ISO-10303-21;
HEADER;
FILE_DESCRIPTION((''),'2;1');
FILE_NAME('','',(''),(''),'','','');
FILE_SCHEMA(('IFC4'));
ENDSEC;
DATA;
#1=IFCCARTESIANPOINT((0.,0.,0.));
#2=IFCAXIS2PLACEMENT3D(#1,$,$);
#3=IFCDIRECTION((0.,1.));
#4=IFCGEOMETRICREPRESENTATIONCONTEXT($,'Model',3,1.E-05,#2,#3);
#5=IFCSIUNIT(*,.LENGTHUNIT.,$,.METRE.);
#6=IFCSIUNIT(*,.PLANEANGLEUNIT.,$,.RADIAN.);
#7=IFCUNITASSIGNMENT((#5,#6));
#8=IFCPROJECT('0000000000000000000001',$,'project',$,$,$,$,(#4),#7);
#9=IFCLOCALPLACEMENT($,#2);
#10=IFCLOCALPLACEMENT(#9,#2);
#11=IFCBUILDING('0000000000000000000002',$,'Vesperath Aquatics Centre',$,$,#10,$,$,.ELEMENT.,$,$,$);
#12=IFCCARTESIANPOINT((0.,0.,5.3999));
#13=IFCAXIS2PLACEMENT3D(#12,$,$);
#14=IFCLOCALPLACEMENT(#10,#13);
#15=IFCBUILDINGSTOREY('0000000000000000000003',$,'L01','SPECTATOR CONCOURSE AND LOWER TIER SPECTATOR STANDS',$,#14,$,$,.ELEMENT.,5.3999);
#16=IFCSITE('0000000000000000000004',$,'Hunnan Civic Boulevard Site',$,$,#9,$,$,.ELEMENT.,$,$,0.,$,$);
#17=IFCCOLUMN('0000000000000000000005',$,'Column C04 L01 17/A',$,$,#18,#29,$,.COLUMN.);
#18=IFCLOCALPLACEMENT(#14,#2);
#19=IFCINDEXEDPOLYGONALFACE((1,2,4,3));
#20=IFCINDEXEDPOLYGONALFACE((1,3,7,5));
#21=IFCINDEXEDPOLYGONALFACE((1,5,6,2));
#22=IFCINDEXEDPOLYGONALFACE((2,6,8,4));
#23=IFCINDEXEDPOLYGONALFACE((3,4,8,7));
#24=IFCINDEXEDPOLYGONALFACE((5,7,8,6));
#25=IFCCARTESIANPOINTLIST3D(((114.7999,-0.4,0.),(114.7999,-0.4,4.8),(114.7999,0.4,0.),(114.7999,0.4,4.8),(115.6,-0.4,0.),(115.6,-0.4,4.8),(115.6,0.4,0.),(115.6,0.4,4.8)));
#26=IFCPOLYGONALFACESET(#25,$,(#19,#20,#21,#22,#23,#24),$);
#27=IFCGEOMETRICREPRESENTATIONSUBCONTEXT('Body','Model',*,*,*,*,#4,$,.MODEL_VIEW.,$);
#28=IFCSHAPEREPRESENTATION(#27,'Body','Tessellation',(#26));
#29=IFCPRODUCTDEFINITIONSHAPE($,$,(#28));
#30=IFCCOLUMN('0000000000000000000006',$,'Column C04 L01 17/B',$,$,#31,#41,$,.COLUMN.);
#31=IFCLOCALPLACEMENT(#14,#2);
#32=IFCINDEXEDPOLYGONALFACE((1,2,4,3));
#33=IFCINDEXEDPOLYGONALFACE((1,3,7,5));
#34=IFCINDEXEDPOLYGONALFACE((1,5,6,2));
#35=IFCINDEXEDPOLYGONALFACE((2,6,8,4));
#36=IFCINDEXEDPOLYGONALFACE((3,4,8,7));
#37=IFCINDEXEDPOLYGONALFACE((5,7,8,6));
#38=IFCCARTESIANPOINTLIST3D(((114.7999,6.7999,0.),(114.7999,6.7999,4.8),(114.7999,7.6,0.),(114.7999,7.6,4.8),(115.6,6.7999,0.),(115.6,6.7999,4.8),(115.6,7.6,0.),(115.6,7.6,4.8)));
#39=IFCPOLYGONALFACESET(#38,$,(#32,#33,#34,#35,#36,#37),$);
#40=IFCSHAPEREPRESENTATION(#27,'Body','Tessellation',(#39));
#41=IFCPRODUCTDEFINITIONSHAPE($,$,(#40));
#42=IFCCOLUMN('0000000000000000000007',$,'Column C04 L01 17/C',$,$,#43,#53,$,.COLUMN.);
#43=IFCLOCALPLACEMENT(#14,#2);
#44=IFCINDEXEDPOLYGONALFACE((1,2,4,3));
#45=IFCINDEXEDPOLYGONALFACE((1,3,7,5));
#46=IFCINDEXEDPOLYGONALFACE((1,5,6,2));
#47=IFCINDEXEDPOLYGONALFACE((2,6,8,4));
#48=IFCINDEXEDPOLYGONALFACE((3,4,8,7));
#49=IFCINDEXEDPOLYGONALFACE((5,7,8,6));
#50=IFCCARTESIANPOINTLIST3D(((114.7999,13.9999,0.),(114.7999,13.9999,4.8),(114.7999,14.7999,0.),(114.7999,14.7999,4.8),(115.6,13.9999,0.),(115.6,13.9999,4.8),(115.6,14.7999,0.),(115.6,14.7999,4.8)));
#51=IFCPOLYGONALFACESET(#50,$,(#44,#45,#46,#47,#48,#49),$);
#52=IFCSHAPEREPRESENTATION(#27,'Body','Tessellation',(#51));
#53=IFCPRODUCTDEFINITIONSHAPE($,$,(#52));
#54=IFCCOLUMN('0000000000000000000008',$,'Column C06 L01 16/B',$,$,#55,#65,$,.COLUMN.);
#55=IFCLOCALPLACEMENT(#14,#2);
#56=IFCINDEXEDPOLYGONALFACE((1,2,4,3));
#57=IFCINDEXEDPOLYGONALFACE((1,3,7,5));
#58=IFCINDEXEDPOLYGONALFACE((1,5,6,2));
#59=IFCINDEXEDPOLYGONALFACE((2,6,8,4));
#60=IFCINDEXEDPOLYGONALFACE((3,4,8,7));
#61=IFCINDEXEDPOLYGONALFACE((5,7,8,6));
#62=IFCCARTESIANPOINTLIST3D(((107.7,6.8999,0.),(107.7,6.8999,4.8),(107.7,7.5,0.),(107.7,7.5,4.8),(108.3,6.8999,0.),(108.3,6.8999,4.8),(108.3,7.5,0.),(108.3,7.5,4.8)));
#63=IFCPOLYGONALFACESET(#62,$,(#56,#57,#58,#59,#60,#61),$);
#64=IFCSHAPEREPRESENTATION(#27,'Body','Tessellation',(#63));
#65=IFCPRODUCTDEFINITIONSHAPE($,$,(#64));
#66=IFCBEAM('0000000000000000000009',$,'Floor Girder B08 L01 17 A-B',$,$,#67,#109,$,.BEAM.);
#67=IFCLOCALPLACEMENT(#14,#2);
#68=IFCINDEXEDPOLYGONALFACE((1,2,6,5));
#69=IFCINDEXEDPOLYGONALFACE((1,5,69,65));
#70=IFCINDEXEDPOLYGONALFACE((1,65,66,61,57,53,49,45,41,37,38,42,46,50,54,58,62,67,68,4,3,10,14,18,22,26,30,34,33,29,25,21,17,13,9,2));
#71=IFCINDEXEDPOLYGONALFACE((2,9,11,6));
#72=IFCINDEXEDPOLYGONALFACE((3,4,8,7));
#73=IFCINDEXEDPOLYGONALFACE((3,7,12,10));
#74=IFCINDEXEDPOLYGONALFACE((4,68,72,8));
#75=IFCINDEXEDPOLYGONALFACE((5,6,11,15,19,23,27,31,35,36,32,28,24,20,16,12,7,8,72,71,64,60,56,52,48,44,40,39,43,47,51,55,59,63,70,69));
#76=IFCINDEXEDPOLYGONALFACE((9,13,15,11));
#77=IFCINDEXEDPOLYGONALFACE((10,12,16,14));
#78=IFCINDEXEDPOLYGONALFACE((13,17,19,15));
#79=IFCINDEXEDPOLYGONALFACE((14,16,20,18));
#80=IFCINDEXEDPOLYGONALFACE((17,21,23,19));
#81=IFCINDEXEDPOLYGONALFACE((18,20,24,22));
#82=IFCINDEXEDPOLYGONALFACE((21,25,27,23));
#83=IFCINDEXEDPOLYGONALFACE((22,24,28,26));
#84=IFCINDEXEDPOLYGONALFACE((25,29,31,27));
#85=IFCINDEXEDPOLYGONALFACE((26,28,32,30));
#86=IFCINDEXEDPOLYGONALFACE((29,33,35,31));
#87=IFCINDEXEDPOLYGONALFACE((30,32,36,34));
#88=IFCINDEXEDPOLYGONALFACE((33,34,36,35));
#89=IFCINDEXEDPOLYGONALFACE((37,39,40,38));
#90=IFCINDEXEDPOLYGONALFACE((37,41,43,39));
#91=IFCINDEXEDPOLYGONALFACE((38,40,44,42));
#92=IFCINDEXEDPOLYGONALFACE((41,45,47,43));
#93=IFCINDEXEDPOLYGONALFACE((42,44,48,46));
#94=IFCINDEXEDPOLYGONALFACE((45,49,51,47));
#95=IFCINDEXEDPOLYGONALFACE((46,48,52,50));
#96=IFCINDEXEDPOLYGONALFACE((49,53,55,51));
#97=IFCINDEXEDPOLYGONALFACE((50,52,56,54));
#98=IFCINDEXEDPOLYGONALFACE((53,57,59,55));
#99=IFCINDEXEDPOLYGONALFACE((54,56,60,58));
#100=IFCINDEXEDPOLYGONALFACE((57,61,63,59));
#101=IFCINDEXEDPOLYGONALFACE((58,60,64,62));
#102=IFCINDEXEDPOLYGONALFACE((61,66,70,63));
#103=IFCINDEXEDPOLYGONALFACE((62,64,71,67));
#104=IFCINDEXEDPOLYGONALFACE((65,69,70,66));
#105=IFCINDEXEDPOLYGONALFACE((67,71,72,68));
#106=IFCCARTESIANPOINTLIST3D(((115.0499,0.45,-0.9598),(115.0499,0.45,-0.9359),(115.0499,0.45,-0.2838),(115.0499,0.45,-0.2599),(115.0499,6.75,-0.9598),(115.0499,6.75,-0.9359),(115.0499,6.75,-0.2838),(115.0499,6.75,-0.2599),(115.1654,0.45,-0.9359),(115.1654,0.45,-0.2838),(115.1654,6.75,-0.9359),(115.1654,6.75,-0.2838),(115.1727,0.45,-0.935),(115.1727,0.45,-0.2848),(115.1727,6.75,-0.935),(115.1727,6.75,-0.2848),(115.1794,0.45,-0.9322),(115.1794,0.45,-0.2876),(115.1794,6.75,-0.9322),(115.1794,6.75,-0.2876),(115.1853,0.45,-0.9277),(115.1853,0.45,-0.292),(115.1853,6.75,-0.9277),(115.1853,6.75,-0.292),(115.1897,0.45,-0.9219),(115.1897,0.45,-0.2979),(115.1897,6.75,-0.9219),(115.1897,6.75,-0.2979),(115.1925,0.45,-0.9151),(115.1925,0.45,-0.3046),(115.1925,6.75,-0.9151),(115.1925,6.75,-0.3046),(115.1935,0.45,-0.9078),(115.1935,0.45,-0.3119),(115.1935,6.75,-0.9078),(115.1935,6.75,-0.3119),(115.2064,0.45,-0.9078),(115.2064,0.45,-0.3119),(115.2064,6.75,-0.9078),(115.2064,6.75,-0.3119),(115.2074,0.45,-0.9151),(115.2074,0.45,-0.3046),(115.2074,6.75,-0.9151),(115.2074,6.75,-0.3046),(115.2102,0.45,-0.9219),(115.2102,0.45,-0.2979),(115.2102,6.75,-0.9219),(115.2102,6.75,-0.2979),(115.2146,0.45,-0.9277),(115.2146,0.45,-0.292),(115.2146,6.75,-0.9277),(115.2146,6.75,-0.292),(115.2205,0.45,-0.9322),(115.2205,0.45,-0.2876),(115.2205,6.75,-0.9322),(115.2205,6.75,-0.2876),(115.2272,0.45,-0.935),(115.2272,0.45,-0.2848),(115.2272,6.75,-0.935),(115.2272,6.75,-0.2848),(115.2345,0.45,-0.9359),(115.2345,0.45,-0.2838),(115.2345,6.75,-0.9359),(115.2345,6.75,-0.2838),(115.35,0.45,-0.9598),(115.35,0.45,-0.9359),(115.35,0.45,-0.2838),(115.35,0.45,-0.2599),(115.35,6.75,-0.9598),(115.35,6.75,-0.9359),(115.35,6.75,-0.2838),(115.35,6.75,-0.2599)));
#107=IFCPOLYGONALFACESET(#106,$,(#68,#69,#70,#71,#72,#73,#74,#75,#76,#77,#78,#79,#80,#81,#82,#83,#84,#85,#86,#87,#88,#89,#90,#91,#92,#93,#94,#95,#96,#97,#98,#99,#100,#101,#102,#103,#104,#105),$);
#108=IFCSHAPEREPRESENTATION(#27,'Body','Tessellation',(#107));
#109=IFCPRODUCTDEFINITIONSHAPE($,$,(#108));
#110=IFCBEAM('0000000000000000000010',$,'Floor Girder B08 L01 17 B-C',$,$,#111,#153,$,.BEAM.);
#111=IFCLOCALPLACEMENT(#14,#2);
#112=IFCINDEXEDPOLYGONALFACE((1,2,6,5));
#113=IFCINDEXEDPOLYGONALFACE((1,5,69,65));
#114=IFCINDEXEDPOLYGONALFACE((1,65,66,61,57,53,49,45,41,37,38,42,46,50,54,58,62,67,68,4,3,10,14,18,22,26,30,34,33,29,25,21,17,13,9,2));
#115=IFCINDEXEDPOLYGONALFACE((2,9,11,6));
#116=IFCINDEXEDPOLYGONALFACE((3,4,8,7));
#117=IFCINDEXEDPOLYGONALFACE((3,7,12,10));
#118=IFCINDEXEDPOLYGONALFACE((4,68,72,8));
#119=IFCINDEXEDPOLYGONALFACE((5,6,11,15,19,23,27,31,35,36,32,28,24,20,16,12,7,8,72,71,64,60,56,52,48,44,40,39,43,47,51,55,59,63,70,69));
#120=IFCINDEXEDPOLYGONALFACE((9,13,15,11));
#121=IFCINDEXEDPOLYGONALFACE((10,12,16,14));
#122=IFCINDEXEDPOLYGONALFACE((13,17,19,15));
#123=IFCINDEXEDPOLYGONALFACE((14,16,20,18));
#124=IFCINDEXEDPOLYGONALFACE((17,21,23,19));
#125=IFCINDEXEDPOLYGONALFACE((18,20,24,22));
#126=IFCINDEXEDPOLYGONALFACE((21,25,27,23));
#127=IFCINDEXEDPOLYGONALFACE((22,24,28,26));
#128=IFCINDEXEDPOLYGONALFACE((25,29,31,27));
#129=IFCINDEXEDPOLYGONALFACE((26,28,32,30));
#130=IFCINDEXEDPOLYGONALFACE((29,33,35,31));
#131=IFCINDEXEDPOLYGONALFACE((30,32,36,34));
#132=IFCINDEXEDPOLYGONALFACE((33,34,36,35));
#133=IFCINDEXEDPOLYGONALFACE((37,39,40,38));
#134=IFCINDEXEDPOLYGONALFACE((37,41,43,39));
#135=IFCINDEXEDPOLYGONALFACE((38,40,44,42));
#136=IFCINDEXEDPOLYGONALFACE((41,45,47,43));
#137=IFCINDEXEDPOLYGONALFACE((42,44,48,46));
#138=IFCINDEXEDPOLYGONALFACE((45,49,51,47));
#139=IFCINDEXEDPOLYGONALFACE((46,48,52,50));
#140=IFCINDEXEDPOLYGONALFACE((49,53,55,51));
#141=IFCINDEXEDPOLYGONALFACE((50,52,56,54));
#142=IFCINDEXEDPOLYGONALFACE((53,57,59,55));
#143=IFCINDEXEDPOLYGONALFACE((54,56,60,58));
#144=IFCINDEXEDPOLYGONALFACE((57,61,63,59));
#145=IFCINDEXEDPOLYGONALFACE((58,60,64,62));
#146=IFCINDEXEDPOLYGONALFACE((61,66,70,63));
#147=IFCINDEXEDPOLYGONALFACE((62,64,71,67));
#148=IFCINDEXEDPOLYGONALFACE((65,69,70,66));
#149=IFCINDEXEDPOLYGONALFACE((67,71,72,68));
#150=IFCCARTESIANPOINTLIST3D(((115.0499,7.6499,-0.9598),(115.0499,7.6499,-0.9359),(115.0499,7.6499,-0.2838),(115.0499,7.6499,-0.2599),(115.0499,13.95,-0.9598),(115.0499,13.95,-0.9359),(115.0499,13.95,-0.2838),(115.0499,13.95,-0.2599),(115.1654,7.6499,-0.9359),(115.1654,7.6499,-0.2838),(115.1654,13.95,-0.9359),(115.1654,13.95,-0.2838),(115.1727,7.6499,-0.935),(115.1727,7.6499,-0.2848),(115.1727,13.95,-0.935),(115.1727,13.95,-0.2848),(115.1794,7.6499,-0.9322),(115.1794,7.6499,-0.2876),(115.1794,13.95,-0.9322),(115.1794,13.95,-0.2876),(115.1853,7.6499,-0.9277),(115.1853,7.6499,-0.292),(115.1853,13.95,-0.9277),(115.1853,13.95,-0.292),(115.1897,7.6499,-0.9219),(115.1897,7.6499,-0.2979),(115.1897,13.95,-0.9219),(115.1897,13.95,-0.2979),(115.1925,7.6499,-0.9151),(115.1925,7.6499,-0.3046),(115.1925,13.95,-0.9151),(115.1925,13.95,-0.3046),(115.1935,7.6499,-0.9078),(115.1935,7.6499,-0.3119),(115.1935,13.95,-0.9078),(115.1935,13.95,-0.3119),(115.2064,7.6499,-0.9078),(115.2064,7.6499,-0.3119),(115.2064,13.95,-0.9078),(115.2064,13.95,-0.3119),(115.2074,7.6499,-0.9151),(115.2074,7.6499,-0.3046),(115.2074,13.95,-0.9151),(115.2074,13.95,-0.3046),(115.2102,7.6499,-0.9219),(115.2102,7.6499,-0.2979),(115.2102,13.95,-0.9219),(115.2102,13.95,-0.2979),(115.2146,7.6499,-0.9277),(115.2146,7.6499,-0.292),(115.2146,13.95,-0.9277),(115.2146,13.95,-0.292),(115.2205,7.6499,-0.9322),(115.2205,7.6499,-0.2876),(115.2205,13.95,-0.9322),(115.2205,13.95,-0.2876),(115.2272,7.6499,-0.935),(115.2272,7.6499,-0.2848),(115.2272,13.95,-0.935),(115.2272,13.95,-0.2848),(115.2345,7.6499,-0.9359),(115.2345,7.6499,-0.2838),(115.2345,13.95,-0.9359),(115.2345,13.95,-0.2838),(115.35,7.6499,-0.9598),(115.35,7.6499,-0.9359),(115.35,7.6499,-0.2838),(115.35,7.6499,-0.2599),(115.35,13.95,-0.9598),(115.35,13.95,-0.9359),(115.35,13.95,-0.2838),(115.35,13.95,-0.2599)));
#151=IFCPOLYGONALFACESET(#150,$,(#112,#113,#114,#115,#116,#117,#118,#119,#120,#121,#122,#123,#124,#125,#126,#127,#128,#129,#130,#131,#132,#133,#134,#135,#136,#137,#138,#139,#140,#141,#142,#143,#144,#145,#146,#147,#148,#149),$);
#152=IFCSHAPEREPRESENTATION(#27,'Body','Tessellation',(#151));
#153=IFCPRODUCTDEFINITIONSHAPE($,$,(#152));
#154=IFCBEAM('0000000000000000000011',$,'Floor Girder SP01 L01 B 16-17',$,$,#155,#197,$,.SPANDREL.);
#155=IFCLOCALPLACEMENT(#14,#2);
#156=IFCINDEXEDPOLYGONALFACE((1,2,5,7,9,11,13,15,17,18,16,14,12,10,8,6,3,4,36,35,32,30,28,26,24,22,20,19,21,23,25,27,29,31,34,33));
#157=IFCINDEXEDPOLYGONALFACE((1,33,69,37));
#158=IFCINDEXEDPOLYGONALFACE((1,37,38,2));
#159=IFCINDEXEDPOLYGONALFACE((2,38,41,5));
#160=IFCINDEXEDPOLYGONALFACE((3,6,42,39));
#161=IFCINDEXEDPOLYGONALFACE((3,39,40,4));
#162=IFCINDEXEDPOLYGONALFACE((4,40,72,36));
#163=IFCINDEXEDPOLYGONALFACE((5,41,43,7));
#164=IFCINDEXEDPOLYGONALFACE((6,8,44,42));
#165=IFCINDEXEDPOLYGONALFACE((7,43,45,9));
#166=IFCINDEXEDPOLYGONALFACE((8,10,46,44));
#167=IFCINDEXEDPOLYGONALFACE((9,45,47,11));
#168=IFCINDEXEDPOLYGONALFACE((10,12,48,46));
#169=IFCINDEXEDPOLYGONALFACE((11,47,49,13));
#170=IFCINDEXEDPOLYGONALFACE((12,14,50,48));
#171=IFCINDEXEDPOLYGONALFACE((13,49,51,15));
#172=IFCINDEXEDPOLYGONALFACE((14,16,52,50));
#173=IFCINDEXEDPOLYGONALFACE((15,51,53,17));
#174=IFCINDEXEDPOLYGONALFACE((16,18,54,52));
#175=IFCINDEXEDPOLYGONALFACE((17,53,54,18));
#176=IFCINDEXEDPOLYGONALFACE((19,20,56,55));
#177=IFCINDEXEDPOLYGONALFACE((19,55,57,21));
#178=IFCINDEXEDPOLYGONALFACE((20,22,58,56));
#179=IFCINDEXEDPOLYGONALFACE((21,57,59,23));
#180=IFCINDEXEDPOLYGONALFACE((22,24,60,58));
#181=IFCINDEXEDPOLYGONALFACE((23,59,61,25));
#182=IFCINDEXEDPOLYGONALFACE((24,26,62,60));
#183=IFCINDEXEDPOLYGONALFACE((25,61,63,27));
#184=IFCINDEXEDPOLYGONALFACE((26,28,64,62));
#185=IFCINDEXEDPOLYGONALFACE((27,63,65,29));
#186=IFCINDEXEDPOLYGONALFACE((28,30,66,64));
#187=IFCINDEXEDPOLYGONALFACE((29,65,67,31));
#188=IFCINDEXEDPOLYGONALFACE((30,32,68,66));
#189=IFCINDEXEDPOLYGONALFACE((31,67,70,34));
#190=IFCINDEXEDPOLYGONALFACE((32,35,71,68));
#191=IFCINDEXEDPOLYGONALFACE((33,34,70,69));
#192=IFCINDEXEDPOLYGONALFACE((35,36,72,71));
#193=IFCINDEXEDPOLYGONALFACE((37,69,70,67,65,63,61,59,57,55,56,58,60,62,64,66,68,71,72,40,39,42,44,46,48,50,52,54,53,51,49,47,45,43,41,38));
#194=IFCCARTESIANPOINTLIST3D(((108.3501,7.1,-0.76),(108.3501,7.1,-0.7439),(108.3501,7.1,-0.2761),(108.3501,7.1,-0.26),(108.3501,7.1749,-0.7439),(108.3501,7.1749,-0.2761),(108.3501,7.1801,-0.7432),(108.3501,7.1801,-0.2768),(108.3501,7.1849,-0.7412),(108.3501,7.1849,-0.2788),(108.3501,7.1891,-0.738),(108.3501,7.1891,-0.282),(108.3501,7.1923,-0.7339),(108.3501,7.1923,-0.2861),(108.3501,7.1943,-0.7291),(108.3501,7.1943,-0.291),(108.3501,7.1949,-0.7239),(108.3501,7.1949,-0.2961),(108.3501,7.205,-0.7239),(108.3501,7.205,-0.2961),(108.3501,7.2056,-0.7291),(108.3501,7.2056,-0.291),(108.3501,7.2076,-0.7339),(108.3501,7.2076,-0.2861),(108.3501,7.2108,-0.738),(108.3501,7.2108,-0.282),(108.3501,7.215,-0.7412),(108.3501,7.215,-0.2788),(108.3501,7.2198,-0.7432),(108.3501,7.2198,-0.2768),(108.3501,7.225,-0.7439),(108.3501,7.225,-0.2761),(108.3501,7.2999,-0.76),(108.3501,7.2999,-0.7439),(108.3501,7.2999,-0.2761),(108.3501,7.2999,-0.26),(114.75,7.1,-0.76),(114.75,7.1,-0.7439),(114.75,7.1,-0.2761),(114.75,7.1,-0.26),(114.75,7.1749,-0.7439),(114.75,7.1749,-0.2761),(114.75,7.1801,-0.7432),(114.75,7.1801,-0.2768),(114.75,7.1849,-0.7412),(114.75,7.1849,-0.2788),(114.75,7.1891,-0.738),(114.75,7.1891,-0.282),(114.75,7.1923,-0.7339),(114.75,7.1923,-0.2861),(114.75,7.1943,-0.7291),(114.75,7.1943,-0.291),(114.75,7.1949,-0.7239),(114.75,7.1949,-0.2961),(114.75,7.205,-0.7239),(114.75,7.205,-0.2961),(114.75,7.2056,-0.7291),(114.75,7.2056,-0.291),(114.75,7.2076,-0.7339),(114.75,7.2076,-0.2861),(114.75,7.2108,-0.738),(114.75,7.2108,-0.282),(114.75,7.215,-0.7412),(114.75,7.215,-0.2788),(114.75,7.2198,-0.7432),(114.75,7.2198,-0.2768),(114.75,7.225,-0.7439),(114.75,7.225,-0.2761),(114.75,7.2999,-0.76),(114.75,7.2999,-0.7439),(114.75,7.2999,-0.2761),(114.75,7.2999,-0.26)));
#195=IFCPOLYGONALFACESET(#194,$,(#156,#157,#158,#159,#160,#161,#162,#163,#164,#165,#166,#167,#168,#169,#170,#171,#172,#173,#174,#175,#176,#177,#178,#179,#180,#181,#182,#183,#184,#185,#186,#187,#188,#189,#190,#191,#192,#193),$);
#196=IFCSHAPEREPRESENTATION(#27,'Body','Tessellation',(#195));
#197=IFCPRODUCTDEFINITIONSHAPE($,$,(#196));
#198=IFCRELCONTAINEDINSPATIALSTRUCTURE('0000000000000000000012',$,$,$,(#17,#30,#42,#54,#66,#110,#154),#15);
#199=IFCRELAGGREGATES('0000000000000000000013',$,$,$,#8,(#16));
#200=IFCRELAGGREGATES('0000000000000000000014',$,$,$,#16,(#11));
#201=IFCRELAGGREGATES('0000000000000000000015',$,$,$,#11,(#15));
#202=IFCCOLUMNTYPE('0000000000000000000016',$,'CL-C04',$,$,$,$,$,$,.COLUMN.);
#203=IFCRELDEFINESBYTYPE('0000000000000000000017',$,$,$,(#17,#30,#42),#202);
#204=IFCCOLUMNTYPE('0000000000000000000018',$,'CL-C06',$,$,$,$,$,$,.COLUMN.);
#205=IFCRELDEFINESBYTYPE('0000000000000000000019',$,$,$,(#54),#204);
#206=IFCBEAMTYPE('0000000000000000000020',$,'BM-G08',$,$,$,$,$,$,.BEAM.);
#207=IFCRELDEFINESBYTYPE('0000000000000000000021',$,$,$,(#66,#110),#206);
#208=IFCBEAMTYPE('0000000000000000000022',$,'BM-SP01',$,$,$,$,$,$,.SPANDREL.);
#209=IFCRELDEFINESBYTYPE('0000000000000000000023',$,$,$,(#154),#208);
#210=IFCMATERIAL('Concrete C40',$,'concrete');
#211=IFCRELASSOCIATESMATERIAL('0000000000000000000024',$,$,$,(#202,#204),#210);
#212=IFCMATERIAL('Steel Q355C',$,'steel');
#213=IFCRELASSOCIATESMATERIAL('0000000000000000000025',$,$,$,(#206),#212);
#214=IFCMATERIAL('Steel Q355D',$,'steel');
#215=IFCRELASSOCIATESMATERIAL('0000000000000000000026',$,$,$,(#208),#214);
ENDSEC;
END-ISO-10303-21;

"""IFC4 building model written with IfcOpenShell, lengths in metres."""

from ifc_helpers import new_model, si_unit, direction, frame, origin, origin_2d, place, context, subcontext, project, spatial, rectangle, i_section, extrude, material, material_profile, profile_set, type_object, element, save


model = new_model("IFC4")

# Units and contexts
model_context = context("Model", 3, precision=1e-05, world=origin(), true_north=direction((0.0, 1.0)))
body_context = subcontext(model_context, "Body", "Model", "MODEL_VIEW")
ifc_project = project(units=[si_unit("LENGTHUNIT", "METRE"), si_unit("PLANEANGLEUNIT", "RADIAN")], contexts=[model_context])

# Site, building, storey
site_placement = place(None, origin())
site = spatial("IfcSite", under=ifc_project, at=site_placement, Name="Hunnan Civic Boulevard Site", CompositionType="ELEMENT", RefElevation=0.0)
building_placement = place(site_placement, origin())
building = spatial("IfcBuilding", under=site, at=building_placement, Name="Vesperath Aquatics Centre", CompositionType="ELEMENT")
storey_placement = place(building_placement, frame((0.0, 0.0, 5.3999)))
storey = spatial("IfcBuildingStorey", under=building, at=storey_placement, Name="L01", Description="SPECTATOR CONCOURSE AND LOWER TIER SPECTATOR STANDS", CompositionType="ELEMENT", Elevation=5.3999)

# Columns
ifc_material_1 = material(Name="Concrete C40", Category="concrete")
ifc_material_profile_1 = material_profile(ifc_material_1, rectangle(XDim=0.8, YDim=0.8, at=origin_2d()), Name="RC 800x800")
ifc_profile_set_1 = profile_set([ifc_material_profile_1], Name="Concrete C40")
column_type_1 = type_object("IfcColumnType", Name="CL-C04", PredefinedType="COLUMN", material=ifc_profile_set_1)
for number, where, z_axis, x_axis, name in (
    (1, (115.2, 0.0, 0.0), (0.0, 0.0, 1.0), (1.0, 0.0, 0.0), "Column C04 L01 17/A"),
    (2, (115.2, 7.2, 0.0), (0.0, 0.0, 1.0), (1.0, 0.0, 0.0), "Column C04 L01 17/B"),
    (3, (115.2, 14.3999, 0.0), (0.0, 0.0, 1.0), (1.0, 0.0, 0.0), "Column C04 L01 17/C"),
):
    element("IfcColumn", number, at=place(storey_placement, frame(where, z_axis=z_axis, x_axis=x_axis)), inside=storey, type_object=column_type_1, Name=name, PredefinedType="COLUMN", context=body_context, shape_type="SweptSolid", body=[
        extrude(rectangle(XDim=0.8, YDim=0.8, at=origin_2d()), origin(), (0.0, 0.0, 1.0), 4.8),
    ])
ifc_material_profile_2 = material_profile(ifc_material_1, rectangle(XDim=0.6001, YDim=0.6001, at=origin_2d()), Name="RC 600x600")
ifc_profile_set_2 = profile_set([ifc_material_profile_2], Name="Concrete C40")
column_type_2 = type_object("IfcColumnType", Name="CL-C06", PredefinedType="COLUMN", material=ifc_profile_set_2)
column_placement = place(storey_placement, frame((108.0, 7.2, 0.0), z_axis=(0.0, 0.0, 1.0), x_axis=(1.0, 0.0, 0.0)))
element("IfcColumn", 4, at=column_placement, inside=storey, type_object=column_type_2, Name="Column C06 L01 16/B", PredefinedType="COLUMN", context=body_context, shape_type="SweptSolid", body=[
    extrude(rectangle(XDim=0.6001, YDim=0.6001, at=origin_2d()), origin(), (0.0, 0.0, 1.0), 4.8),
])

# Beams
ifc_material_2 = material(Name="Steel Q355C", Category="steel")
ifc_material_profile_3 = material_profile(ifc_material_2, i_section(OverallWidth=0.3, OverallDepth=0.7, WebThickness=0.0129, FlangeThickness=0.0239, FilletRadius=0.0281, at=origin_2d()), Name="HN 700x300x13x24")
ifc_profile_set_3 = profile_set([ifc_material_profile_3], Name="Steel Q355C")
beam_type_1 = type_object("IfcBeamType", Name="BM-G08", PredefinedType="BEAM", material=ifc_profile_set_3)
for number, where, z_axis, x_axis, name in (
    (5, (115.2, 0.45, -0.6099), (0.0, 1.0, 0.0), (-1.0, 0.0, 0.0), "Floor Girder B08 L01 17 A-B"),
    (6, (115.2, 7.6499, -0.6099), (0.0, 1.0, 0.0), (-1.0, 0.0, 0.0), "Floor Girder B08 L01 17 B-C"),
):
    element("IfcBeam", number, at=place(storey_placement, frame(where, z_axis=z_axis, x_axis=x_axis)), inside=storey, type_object=beam_type_1, Name=name, PredefinedType="BEAM", context=body_context, shape_type="SweptSolid", body=[
        extrude(i_section(OverallWidth=0.3, OverallDepth=0.7, WebThickness=0.0129, FlangeThickness=0.0239, FilletRadius=0.0281, at=origin_2d()), origin(), (0.0, 0.0, 1.0), 6.3),
    ])
ifc_material_3 = material(Name="Steel Q355D", Category="steel")
ifc_material_profile_4 = material_profile(ifc_material_3, i_section(OverallWidth=0.2, OverallDepth=0.5, WebThickness=0.01, FlangeThickness=0.0161, FilletRadius=0.02, at=origin_2d()), Name="HN 500x200x10x16")
ifc_profile_set_4 = profile_set([ifc_material_profile_4], Name="Steel Q355D")
beam_type_2 = type_object("IfcBeamType", Name="BM-SP01", PredefinedType="SPANDREL", material=ifc_profile_set_4)
beam_1_placement = place(storey_placement, frame((108.3501, 7.2, -0.51), z_axis=(1.0, 0.0, 0.0), x_axis=(0.0, 1.0, 0.0)))
element("IfcBeam", 7, at=beam_1_placement, inside=storey, type_object=beam_type_2, Name="Floor Girder SP01 L01 B 16-17", PredefinedType="SPANDREL", context=body_context, shape_type="SweptSolid", body=[
    extrude(i_section(OverallWidth=0.2, OverallDepth=0.5, WebThickness=0.01, FlangeThickness=0.0161, FilletRadius=0.02, at=origin_2d()), origin(), (0.0, 0.0, 1.0), 6.3999),
])

save(model, "model.ifc")
